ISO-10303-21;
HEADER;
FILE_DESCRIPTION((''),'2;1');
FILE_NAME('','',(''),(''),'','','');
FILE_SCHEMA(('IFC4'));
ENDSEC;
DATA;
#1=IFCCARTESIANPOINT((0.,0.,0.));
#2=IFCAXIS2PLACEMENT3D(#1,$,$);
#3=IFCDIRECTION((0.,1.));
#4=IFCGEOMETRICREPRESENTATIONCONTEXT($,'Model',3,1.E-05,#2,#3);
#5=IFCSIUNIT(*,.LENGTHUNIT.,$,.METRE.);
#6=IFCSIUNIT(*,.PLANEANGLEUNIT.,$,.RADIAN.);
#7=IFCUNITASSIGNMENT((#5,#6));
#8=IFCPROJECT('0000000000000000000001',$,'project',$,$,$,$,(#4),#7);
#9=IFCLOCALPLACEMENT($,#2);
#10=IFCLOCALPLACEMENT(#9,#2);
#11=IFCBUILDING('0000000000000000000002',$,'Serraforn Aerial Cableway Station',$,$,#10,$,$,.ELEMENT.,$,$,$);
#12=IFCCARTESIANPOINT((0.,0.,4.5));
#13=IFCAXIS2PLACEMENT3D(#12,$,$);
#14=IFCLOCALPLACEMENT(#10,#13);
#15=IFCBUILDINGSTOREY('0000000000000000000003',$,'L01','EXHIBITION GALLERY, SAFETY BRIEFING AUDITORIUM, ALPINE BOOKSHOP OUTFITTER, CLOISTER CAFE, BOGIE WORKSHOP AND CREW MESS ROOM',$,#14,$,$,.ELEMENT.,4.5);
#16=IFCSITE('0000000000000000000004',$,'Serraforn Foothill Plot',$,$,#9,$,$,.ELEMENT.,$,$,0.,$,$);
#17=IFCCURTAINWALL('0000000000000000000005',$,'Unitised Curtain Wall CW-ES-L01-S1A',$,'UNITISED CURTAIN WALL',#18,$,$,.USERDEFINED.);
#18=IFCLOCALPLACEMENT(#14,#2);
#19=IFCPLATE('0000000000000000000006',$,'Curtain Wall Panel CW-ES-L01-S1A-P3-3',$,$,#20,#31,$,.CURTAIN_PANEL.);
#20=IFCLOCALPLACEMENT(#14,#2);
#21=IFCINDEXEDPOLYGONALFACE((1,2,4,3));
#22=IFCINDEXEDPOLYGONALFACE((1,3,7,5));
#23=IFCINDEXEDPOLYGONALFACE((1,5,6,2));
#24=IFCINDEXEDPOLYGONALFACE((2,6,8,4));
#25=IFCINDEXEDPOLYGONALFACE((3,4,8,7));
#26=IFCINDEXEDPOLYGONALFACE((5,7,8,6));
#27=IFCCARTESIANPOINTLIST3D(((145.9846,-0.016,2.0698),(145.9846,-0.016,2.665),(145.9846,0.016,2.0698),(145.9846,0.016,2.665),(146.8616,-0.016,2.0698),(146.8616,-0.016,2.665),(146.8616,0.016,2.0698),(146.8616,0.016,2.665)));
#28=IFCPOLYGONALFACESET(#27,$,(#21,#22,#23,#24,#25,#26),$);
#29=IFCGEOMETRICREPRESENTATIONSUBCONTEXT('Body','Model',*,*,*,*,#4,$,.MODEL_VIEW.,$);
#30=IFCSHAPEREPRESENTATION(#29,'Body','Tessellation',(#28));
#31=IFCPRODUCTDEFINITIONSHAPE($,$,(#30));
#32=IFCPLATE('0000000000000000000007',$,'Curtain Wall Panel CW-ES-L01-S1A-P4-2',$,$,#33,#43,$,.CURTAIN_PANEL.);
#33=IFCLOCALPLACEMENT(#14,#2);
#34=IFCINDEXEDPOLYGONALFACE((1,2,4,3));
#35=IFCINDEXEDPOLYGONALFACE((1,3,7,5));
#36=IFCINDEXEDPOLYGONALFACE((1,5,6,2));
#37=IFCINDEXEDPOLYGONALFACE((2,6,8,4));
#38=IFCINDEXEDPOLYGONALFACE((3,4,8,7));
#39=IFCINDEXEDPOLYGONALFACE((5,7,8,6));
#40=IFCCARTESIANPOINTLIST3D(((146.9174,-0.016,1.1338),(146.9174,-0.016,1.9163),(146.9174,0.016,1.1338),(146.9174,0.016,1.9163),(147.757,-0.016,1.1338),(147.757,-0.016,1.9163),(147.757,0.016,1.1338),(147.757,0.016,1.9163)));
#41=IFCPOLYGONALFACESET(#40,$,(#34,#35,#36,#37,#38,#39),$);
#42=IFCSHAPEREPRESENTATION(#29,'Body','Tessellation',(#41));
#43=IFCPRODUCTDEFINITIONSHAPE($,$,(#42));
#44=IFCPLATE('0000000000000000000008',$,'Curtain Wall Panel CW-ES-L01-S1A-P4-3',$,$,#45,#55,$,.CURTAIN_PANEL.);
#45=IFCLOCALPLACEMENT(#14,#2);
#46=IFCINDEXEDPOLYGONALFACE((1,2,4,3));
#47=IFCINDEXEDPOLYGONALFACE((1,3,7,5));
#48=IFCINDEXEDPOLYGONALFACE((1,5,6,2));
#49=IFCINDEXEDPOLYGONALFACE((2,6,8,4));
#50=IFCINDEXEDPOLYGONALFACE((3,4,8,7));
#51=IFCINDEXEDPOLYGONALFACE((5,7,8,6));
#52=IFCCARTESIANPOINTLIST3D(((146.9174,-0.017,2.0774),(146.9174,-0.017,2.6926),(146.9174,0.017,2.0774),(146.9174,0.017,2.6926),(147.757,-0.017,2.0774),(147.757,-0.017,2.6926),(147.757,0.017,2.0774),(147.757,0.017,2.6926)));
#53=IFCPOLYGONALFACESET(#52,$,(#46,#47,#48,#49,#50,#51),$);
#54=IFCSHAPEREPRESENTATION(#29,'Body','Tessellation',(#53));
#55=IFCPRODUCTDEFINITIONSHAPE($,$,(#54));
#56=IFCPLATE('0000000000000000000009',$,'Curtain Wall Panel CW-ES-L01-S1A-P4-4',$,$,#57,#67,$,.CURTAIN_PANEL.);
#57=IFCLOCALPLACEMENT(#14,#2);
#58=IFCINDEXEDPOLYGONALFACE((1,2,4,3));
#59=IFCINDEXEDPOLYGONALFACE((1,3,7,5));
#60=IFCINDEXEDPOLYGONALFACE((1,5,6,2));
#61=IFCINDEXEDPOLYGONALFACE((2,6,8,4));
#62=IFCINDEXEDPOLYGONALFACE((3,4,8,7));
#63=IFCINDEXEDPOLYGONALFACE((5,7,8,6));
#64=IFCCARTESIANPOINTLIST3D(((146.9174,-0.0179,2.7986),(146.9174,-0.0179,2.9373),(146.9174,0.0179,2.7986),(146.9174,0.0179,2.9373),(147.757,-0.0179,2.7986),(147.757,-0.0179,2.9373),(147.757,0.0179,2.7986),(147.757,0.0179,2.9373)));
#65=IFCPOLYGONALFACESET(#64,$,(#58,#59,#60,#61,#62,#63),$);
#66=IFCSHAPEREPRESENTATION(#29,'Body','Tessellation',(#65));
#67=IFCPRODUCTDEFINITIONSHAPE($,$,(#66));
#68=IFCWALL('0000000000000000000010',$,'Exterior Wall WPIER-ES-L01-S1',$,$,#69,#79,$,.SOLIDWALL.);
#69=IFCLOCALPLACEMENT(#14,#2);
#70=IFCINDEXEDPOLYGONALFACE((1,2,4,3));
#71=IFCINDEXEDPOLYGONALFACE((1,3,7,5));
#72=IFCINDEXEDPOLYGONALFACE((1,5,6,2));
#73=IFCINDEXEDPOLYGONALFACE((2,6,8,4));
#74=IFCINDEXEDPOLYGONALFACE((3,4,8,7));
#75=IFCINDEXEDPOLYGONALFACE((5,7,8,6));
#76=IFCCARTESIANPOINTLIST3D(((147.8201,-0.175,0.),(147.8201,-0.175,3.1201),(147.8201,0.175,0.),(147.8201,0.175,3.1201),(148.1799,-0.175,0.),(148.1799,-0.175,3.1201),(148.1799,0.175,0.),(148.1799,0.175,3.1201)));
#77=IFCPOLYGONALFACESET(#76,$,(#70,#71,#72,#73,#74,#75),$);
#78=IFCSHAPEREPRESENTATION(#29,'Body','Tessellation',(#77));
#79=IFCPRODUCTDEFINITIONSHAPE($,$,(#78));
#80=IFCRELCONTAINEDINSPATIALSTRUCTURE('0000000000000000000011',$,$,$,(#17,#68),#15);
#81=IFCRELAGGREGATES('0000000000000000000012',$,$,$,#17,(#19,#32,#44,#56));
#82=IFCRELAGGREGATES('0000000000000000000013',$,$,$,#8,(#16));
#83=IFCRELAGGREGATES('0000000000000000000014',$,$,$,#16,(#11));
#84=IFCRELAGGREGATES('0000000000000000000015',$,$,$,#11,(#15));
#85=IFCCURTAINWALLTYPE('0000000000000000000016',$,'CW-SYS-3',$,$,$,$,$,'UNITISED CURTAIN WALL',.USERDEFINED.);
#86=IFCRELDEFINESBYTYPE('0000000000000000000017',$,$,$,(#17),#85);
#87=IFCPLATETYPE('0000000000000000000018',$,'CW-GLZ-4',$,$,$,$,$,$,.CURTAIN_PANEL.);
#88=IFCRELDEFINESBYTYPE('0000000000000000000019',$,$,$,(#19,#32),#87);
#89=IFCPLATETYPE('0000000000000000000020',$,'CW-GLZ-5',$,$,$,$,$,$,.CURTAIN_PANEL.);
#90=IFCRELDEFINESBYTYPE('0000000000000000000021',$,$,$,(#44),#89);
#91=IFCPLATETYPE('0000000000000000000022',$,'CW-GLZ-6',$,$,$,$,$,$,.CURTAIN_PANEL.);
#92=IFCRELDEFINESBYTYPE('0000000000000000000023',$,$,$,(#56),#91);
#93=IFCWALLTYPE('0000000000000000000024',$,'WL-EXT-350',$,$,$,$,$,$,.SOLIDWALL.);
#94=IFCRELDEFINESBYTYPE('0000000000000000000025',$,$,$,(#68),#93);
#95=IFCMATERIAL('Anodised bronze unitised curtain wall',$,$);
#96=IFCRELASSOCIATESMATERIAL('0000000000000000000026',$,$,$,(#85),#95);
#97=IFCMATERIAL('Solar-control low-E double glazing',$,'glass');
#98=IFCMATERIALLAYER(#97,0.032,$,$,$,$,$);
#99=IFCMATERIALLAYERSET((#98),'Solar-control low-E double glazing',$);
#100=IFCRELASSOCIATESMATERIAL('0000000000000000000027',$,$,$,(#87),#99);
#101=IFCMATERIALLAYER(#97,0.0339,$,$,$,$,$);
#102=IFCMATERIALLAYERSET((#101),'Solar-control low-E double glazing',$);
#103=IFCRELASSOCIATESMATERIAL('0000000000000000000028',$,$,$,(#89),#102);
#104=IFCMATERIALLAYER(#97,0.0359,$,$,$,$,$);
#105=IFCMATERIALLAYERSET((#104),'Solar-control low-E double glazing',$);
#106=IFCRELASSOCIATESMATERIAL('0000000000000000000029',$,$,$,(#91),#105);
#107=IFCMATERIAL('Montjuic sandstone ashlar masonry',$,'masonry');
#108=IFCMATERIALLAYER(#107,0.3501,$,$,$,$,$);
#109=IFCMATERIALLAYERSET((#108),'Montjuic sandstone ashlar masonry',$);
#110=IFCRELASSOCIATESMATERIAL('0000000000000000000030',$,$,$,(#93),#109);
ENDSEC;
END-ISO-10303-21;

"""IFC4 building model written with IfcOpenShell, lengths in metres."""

from ifc_helpers import new_model, si_unit, direction, frame, frame_2d, origin, origin_2d, place, context, subcontext, project, spatial, rectangle, extrude, material, layer, layer_set, type_object, element, aggregate, save


model = new_model("IFC4")

# Units and contexts
model_context = context("Model", 3, precision=1e-05, world=origin(), true_north=direction((0.0, 1.0)))
body_context = subcontext(model_context, "Body", "Model", "MODEL_VIEW")
ifc_project = project(units=[si_unit("LENGTHUNIT", "METRE"), si_unit("PLANEANGLEUNIT", "RADIAN")], contexts=[model_context])

# Site, building, storey
site_placement = place(None, origin())
site = spatial("IfcSite", under=ifc_project, at=site_placement, Name="Serraforn Foothill Plot", CompositionType="ELEMENT", RefElevation=0.0)
building_placement = place(site_placement, origin())
building = spatial("IfcBuilding", under=site, at=building_placement, Name="Serraforn Aerial Cableway Station", CompositionType="ELEMENT")
storey_placement = place(building_placement, frame((0.0, 0.0, 4.5)))
storey = spatial("IfcBuildingStorey", under=building, at=storey_placement, Name="L01", Description="EXHIBITION GALLERY, SAFETY BRIEFING AUDITORIUM, ALPINE BOOKSHOP OUTFITTER, CLOISTER CAFE, BOGIE WORKSHOP AND CREW MESS ROOM", CompositionType="ELEMENT", Elevation=4.5)

# Shared definitions
ifc_material_1 = material(Name="Anodised bronze unitised curtain wall")

# Curtain wall
curtain_wall_type_1 = type_object("IfcCurtainWallType", Name="CW-SYS-3", ElementType="UNITISED CURTAIN WALL", PredefinedType="USERDEFINED", material=ifc_material_1)
curtain_wall_1_placement = place(storey_placement, origin())
curtain_wall_1 = element("IfcCurtainWall", 1, at=curtain_wall_1_placement, inside=storey, type_object=curtain_wall_type_1, Name="Unitised Curtain Wall CW-ES-L01-S1A", ObjectType="UNITISED CURTAIN WALL", PredefinedType="USERDEFINED")

# Plates
ifc_material_2 = material(Name="Solar-control low-E double glazing", Category="glass")
ifc_layer_1 = layer(ifc_material_2, 0.032)
ifc_layer_set_1 = layer_set([ifc_layer_1], Name="Solar-control low-E double glazing")
plate_type_1 = type_object("IfcPlateType", Name="CW-GLZ-4", PredefinedType="CURTAIN_PANEL", material=ifc_layer_set_1)
plate_1_placement = place(storey_placement, frame((146.4231, 0.0, 2.0698), z_axis=(0.0, 0.0, 1.0), x_axis=(1.0, 0.0, 0.0)))
plate_1 = element("IfcPlate", 2, at=plate_1_placement, type_object=plate_type_1, Name="Curtain Wall Panel CW-ES-L01-S1A-P3-3", PredefinedType="CURTAIN_PANEL", context=body_context, shape_type="SweptSolid", body=[
    extrude(rectangle(XDim=0.877, YDim=0.032, at=origin_2d()), origin(), (0.0, 0.0, 1.0), 0.5952),
])
plate_2_placement = place(storey_placement, frame((147.3372, 0.0, 1.1338), z_axis=(0.0, 0.0, 1.0), x_axis=(1.0, 0.0, 0.0)))
plate_2 = element("IfcPlate", 3, at=plate_2_placement, type_object=plate_type_1, Name="Curtain Wall Panel CW-ES-L01-S1A-P4-2", PredefinedType="CURTAIN_PANEL", context=body_context, shape_type="SweptSolid", body=[
    extrude(rectangle(XDim=0.8396, YDim=0.032, at=origin_2d()), origin(), (0.0, 0.0, 1.0), 0.7825),
])
ifc_layer_2 = layer(ifc_material_2, 0.0339)
ifc_layer_set_2 = layer_set([ifc_layer_2], Name="Solar-control low-E double glazing")
plate_type_2 = type_object("IfcPlateType", Name="CW-GLZ-5", PredefinedType="CURTAIN_PANEL", material=ifc_layer_set_2)
plate_3_placement = place(storey_placement, frame((147.3372, 0.0, 2.0774), z_axis=(0.0, 0.0, 1.0), x_axis=(1.0, 0.0, 0.0)))
plate_3 = element("IfcPlate", 4, at=plate_3_placement, type_object=plate_type_2, Name="Curtain Wall Panel CW-ES-L01-S1A-P4-3", PredefinedType="CURTAIN_PANEL", context=body_context, shape_type="SweptSolid", body=[
    extrude(rectangle(XDim=0.8396, YDim=0.0339, at=origin_2d()), origin(), (0.0, 0.0, 1.0), 0.6152),
])
ifc_layer_3 = layer(ifc_material_2, 0.0359)
ifc_layer_set_3 = layer_set([ifc_layer_3], Name="Solar-control low-E double glazing")
plate_type_3 = type_object("IfcPlateType", Name="CW-GLZ-6", PredefinedType="CURTAIN_PANEL", material=ifc_layer_set_3)
plate_4_placement = place(storey_placement, frame((147.3372, 0.0, 2.7986), z_axis=(0.0, 0.0, 1.0), x_axis=(1.0, 0.0, 0.0)))
plate_4 = element("IfcPlate", 5, at=plate_4_placement, type_object=plate_type_3, Name="Curtain Wall Panel CW-ES-L01-S1A-P4-4", PredefinedType="CURTAIN_PANEL", context=body_context, shape_type="SweptSolid", body=[
    extrude(rectangle(XDim=0.8396, YDim=0.0359, at=origin_2d()), origin(), (0.0, 0.0, 1.0), 0.1387),
])
aggregate(curtain_wall_1, [plate_1, plate_2, plate_3, plate_4])

# Wall
ifc_material_3 = material(Name="Montjuic sandstone ashlar masonry", Category="masonry")
ifc_layer_4 = layer(ifc_material_3, 0.3501)
ifc_layer_set_4 = layer_set([ifc_layer_4], Name="Montjuic sandstone ashlar masonry")
wall_type = type_object("IfcWallType", Name="WL-EXT-350", PredefinedType="SOLIDWALL", material=ifc_layer_set_4)
wall_placement = place(storey_placement, frame((147.8201, 0.0, 0.0), z_axis=(0.0, 0.0, 1.0), x_axis=(1.0, 0.0, 0.0)))
element("IfcWall", 6, at=wall_placement, inside=storey, type_object=wall_type, Name="Exterior Wall WPIER-ES-L01-S1", PredefinedType="SOLIDWALL", context=body_context, shape_type="SweptSolid", body=[
    extrude(rectangle(XDim=0.3599, YDim=0.3501, at=frame_2d((0.1799, 0.0))), origin(), (0.0, 0.0, 1.0), 3.1201),
])

save(model, "model.ifc")
